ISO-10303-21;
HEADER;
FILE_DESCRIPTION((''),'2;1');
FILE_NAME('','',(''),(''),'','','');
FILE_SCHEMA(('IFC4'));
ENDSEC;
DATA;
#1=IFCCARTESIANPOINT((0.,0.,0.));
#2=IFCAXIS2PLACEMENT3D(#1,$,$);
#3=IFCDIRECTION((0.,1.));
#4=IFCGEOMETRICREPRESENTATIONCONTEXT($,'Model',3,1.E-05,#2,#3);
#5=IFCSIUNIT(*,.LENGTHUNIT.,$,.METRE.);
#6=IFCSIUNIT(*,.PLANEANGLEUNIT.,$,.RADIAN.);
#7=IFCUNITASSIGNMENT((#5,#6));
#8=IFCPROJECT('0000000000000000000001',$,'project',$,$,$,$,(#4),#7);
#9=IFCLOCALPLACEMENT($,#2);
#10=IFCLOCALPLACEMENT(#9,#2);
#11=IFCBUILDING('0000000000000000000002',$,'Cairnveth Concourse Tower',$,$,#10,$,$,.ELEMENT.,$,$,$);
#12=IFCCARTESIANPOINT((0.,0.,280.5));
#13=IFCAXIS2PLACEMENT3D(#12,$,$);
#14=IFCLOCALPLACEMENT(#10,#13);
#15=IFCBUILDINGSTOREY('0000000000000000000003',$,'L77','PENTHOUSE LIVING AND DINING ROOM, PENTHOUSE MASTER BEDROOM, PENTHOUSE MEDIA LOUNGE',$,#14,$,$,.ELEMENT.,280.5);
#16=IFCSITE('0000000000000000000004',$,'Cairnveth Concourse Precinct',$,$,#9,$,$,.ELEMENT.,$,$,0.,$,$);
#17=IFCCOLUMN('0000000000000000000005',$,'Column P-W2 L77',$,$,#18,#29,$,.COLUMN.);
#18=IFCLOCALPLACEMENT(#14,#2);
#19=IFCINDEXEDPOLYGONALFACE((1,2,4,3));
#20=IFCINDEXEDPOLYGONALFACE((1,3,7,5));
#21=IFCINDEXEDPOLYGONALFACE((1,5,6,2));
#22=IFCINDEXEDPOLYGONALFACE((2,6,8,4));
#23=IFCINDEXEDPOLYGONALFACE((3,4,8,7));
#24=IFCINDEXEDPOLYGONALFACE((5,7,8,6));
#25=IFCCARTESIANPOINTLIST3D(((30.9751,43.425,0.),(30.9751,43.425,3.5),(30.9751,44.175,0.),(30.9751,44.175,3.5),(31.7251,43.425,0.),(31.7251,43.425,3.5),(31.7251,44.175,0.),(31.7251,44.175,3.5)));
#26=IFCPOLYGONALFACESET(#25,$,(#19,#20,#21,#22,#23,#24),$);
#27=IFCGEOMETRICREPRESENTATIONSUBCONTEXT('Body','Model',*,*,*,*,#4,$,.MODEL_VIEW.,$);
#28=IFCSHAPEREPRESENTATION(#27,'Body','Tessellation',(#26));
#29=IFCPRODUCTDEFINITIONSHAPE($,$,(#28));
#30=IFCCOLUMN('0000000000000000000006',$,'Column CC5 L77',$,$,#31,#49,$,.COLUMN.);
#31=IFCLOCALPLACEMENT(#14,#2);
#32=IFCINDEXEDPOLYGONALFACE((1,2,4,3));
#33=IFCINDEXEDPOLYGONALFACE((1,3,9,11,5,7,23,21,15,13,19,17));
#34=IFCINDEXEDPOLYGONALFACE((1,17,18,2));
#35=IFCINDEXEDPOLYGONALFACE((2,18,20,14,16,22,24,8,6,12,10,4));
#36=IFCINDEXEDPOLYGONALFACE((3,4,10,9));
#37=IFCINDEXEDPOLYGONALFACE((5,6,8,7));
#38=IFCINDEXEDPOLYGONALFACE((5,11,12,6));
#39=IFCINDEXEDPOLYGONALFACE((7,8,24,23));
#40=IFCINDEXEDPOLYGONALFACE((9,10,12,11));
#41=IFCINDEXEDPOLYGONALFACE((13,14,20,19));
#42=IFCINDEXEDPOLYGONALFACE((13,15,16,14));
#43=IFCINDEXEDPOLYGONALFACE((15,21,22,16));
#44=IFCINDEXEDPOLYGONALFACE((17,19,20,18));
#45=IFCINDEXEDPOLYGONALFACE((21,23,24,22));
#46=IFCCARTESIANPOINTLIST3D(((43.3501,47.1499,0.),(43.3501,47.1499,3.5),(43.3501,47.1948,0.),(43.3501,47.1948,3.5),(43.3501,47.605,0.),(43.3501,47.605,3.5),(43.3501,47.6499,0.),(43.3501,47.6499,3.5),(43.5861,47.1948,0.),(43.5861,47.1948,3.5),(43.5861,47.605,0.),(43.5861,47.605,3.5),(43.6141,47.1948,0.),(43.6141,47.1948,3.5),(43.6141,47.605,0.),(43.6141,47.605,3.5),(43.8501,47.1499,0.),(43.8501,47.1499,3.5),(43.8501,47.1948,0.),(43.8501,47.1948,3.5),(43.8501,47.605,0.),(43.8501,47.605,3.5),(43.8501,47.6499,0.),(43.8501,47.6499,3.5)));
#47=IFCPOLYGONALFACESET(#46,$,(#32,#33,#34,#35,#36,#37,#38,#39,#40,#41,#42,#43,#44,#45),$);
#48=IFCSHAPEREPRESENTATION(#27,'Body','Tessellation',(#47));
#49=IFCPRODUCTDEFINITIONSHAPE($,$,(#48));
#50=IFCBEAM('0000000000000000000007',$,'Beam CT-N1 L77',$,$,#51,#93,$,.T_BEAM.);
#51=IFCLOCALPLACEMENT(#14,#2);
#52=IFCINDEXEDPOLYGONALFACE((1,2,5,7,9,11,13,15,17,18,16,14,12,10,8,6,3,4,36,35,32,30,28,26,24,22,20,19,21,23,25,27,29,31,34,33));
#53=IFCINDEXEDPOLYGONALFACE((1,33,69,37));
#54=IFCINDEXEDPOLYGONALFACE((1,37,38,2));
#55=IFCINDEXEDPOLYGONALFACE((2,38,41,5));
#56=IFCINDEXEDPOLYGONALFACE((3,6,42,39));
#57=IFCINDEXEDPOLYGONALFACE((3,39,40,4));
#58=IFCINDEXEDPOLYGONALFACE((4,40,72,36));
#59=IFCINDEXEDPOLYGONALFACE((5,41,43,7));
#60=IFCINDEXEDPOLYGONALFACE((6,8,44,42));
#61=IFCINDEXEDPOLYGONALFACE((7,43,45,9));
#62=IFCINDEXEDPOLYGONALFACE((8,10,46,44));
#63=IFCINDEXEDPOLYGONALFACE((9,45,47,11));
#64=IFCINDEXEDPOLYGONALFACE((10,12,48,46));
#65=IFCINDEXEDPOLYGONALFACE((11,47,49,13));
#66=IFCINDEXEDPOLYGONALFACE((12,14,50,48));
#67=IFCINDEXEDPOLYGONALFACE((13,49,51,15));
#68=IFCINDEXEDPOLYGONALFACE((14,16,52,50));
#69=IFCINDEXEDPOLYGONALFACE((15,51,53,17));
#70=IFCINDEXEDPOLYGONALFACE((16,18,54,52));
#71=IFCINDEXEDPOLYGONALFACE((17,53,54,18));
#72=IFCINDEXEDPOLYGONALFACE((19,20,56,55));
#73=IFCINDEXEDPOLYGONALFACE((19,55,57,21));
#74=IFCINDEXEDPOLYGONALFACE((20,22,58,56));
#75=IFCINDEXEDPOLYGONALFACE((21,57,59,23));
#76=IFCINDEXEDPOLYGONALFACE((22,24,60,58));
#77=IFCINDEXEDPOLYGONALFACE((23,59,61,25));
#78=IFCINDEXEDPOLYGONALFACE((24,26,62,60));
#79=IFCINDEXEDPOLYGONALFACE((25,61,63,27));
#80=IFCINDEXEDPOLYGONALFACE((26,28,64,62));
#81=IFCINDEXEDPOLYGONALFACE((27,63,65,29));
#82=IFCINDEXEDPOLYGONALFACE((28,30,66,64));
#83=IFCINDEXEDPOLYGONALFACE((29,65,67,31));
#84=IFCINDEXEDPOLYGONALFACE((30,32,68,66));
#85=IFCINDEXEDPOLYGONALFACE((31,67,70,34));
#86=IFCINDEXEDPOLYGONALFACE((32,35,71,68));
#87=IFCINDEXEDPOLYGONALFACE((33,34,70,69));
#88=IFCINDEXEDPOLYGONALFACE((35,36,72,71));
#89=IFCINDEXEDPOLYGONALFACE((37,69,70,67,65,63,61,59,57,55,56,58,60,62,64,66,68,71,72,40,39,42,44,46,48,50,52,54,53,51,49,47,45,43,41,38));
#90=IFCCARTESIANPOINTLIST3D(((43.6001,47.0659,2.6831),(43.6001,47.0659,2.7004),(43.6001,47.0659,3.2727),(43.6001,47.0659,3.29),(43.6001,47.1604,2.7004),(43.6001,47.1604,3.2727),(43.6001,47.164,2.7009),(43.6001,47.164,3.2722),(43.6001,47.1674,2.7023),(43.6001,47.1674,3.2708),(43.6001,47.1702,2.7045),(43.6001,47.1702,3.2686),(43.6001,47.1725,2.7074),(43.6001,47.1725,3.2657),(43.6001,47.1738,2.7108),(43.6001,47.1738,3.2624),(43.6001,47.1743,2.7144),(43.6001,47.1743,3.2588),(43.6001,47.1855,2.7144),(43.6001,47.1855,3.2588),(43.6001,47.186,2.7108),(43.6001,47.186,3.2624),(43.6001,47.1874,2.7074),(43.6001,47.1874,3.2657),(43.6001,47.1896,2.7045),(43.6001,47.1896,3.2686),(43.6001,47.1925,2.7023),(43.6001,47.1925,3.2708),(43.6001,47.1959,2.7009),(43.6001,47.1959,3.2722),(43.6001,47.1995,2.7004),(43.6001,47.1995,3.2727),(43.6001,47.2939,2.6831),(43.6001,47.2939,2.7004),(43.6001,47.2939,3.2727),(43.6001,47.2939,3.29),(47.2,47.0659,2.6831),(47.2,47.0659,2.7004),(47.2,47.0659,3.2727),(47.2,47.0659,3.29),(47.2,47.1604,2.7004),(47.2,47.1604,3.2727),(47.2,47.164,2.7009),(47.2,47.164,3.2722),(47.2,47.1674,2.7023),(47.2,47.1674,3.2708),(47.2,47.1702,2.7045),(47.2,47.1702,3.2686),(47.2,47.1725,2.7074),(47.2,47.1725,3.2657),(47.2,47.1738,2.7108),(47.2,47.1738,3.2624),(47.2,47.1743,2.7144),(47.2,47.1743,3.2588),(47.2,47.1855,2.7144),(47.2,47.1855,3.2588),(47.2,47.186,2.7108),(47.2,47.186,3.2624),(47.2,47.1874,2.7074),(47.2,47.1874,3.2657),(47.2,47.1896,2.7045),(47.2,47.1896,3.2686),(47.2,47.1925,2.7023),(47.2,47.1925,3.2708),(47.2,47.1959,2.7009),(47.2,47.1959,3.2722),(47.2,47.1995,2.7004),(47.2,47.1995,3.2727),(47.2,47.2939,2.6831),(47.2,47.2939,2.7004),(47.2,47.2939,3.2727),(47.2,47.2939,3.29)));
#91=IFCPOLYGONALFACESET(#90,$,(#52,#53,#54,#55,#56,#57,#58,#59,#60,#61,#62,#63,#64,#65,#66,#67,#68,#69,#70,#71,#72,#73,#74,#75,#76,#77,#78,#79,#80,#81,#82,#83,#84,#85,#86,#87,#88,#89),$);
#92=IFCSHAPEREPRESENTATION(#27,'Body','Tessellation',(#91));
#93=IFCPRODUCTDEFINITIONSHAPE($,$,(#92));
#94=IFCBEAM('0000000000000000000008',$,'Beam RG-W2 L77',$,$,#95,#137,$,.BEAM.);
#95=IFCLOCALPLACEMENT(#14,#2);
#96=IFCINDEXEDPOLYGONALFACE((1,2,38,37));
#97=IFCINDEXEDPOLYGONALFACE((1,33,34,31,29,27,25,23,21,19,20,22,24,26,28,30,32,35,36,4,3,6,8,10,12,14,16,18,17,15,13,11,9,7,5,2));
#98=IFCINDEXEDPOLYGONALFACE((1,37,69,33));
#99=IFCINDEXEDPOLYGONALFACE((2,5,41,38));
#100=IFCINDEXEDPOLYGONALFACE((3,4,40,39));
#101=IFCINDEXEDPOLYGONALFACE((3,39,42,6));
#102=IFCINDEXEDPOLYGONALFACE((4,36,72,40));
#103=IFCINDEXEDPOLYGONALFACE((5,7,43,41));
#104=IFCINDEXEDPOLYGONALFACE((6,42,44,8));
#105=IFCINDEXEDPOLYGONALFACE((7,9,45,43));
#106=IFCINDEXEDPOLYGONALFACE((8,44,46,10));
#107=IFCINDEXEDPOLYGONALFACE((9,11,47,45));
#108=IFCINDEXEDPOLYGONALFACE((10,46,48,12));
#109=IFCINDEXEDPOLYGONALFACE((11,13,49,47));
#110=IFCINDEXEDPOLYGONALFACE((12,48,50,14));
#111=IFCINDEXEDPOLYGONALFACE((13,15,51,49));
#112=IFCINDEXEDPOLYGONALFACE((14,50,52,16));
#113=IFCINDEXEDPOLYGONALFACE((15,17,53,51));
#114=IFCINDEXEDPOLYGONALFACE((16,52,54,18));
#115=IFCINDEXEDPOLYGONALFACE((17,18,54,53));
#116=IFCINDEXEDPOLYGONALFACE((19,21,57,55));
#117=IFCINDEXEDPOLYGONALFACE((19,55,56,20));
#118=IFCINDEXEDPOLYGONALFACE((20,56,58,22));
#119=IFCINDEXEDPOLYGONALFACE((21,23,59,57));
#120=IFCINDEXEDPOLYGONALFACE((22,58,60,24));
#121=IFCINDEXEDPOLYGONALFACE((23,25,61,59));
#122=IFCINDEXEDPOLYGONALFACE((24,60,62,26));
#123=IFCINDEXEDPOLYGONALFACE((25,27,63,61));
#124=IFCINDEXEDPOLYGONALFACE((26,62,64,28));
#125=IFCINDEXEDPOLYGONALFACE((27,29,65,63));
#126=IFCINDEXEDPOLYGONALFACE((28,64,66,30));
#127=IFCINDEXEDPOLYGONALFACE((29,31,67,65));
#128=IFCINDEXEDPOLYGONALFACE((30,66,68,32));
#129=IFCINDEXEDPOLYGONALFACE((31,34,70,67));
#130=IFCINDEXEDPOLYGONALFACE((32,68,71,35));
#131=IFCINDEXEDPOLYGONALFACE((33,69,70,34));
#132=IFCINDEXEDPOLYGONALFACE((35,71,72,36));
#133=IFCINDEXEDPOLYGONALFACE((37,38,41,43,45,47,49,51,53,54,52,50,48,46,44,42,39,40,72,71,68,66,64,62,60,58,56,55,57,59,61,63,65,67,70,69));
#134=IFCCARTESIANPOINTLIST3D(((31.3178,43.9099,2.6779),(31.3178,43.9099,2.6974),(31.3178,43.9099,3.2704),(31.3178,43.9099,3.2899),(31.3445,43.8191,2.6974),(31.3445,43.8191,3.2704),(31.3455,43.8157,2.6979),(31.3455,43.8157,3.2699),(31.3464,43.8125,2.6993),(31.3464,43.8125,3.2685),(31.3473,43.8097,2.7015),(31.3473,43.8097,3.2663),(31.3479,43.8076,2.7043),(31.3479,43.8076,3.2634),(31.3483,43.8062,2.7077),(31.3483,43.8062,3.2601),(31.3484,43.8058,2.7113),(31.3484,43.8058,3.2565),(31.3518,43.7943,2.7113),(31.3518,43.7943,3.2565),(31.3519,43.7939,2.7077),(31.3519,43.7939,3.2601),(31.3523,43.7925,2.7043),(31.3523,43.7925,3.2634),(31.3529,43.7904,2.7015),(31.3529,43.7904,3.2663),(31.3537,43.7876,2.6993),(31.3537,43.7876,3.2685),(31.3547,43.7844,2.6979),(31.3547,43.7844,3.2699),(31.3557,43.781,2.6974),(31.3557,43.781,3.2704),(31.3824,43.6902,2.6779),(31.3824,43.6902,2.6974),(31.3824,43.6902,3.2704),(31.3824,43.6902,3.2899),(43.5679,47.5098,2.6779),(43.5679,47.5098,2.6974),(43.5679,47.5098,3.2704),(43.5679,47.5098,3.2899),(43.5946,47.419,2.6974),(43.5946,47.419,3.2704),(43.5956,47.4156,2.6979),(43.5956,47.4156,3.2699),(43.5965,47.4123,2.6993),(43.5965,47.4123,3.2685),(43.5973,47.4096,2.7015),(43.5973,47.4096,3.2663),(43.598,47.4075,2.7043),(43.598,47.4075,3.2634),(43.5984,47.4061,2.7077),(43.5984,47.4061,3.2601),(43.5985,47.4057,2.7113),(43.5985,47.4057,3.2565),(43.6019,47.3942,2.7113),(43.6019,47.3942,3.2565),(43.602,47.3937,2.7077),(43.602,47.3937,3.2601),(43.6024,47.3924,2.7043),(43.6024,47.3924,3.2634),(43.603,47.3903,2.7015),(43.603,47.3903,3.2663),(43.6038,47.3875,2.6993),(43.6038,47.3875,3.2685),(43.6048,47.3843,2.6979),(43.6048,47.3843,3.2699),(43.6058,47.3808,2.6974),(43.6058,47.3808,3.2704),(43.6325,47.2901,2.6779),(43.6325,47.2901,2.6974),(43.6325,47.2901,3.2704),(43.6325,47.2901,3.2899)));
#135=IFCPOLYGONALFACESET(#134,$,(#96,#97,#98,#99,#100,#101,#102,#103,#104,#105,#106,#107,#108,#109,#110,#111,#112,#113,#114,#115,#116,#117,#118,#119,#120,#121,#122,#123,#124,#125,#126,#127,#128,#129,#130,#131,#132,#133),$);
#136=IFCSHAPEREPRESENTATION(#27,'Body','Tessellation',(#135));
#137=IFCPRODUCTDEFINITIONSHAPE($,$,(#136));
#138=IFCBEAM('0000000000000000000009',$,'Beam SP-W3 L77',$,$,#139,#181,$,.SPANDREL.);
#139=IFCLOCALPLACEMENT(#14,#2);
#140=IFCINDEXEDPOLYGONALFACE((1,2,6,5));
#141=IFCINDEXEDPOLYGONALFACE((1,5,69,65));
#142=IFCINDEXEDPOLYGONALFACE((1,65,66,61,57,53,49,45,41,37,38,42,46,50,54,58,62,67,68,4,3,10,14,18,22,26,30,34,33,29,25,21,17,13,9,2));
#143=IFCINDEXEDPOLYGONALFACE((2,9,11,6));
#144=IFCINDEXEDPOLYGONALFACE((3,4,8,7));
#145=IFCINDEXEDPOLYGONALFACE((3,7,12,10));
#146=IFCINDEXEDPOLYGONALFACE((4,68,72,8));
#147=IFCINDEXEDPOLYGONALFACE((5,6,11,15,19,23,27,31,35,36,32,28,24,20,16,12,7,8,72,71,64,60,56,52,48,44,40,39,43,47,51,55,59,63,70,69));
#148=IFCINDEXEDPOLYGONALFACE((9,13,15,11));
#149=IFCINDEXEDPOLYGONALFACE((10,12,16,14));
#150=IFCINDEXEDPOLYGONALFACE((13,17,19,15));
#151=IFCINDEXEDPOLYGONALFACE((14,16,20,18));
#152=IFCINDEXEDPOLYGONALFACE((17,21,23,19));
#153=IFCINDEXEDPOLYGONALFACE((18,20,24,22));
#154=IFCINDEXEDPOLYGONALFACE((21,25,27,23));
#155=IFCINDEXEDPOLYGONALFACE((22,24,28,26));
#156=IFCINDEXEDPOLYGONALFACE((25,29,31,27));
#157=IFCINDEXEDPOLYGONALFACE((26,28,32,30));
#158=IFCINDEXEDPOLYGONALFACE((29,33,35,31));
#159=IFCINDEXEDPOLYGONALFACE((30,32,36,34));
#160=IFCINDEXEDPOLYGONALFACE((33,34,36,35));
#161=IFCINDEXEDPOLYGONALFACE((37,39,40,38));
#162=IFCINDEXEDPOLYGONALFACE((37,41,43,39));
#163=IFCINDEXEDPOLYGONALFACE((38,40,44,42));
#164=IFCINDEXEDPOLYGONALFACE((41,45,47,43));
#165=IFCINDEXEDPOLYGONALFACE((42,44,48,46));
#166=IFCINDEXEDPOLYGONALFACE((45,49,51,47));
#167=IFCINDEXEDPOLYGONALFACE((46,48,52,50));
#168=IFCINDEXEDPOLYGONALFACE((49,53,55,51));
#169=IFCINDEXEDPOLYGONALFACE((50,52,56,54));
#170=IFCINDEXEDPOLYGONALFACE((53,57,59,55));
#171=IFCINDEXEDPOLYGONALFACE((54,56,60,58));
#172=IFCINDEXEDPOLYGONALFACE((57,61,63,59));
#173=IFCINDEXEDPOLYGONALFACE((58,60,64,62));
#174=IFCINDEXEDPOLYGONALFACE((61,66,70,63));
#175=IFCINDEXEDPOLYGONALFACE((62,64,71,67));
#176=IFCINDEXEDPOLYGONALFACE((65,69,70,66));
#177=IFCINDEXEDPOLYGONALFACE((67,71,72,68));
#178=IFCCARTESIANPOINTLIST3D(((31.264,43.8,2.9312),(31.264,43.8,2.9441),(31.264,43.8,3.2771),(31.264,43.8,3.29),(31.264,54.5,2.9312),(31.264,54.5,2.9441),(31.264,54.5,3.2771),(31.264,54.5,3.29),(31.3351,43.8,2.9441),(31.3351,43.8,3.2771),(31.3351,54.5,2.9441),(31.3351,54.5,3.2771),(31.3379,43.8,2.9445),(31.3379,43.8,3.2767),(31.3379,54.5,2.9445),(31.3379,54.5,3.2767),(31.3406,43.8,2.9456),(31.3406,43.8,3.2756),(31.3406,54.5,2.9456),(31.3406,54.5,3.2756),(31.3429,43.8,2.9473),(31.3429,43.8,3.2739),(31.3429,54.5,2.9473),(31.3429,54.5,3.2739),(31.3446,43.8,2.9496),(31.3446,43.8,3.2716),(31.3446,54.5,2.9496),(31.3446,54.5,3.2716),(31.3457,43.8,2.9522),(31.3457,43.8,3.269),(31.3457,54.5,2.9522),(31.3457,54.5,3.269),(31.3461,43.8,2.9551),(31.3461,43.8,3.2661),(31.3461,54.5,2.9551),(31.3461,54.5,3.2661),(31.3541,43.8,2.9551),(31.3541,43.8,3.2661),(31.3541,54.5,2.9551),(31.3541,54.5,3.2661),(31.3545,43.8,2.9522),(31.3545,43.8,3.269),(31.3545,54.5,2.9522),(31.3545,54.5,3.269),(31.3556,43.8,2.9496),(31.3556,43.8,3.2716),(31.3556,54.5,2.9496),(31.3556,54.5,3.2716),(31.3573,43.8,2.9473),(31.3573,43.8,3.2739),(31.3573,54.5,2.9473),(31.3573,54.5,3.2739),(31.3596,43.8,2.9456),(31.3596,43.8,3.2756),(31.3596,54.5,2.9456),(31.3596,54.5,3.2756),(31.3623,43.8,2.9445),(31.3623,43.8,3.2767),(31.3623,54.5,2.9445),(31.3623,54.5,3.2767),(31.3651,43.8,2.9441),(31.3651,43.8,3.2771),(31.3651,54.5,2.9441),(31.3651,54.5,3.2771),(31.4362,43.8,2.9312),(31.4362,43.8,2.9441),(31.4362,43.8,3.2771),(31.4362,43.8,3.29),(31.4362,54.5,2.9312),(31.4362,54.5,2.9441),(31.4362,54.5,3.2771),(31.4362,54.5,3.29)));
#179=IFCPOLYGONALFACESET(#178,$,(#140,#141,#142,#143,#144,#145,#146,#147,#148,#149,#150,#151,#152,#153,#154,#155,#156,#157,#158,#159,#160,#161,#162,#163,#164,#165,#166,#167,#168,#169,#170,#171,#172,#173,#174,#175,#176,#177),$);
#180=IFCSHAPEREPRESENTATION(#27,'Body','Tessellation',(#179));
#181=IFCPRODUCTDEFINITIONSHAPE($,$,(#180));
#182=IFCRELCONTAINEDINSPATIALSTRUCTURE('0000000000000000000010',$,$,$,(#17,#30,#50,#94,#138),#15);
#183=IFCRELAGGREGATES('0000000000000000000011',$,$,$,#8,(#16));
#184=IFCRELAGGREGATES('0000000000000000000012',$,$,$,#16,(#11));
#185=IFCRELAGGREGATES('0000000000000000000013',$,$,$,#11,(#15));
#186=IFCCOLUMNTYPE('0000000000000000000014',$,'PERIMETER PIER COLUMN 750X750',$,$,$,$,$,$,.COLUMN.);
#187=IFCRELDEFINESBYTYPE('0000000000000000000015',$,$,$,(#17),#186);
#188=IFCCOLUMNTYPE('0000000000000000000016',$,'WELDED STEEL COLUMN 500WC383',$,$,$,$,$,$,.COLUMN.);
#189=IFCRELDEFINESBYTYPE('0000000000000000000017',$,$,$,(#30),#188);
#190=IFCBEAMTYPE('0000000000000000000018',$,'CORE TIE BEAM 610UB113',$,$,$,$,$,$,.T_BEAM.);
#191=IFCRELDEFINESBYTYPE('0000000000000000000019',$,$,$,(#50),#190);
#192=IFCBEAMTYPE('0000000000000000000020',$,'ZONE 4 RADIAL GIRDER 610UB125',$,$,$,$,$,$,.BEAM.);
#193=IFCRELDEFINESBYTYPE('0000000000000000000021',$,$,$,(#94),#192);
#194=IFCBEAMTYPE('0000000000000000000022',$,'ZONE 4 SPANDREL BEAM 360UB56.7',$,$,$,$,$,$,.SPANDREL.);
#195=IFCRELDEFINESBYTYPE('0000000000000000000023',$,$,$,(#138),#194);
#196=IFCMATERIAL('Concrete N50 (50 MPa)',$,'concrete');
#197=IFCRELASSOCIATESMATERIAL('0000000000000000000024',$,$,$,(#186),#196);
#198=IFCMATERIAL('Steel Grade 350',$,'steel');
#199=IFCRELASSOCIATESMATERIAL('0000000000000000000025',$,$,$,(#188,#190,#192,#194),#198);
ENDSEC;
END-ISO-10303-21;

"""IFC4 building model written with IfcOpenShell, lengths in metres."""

from ifc_helpers import new_model, si_unit, direction, frame, origin, origin_2d, place, context, subcontext, project, spatial, rectangle, i_section, extrude, material, material_profile, profile_set, type_object, element, save


model = new_model("IFC4")

# Units and contexts
model_context = context("Model", 3, precision=1e-05, world=origin(), true_north=direction((0.0, 1.0)))
body_context = subcontext(model_context, "Body", "Model", "MODEL_VIEW")
ifc_project = project(units=[si_unit("LENGTHUNIT", "METRE"), si_unit("PLANEANGLEUNIT", "RADIAN")], contexts=[model_context])

# Site, building, storey
site_placement = place(None, origin())
site = spatial("IfcSite", under=ifc_project, at=site_placement, Name="Cairnveth Concourse Precinct", CompositionType="ELEMENT", RefElevation=0.0)
building_placement = place(site_placement, origin())
building = spatial("IfcBuilding", under=site, at=building_placement, Name="Cairnveth Concourse Tower", CompositionType="ELEMENT")
storey_placement = place(building_placement, frame((0.0, 0.0, 280.5)))
storey = spatial("IfcBuildingStorey", under=building, at=storey_placement, Name="L77", Description="PENTHOUSE LIVING AND DINING ROOM, PENTHOUSE MASTER BEDROOM, PENTHOUSE MEDIA LOUNGE", CompositionType="ELEMENT", Elevation=280.5)

# Columns
ifc_material_1 = material(Name="Concrete N50 (50 MPa)", Category="concrete")
ifc_material_profile_1 = material_profile(ifc_material_1, rectangle(XDim=0.75, YDim=0.75, at=origin_2d()), Name="RC-COL-750x750")
ifc_profile_set_1 = profile_set([ifc_material_profile_1], Name="Concrete N50 (50 MPa)")
column_type_1 = type_object("IfcColumnType", Name="PERIMETER PIER COLUMN 750X750", PredefinedType="COLUMN", material=ifc_profile_set_1)
column_1_placement = place(storey_placement, frame((31.3501, 43.8, 0.0), z_axis=(0.0, 0.0, 1.0), x_axis=(0.0, 1.0, 0.0)))
element("IfcColumn", 1, at=column_1_placement, inside=storey, type_object=column_type_1, Name="Column P-W2 L77", PredefinedType="COLUMN", context=body_context, shape_type="SweptSolid", body=[
    extrude(rectangle(XDim=0.75, YDim=0.75, at=origin_2d()), origin(), (0.0, 0.0, 1.0), 3.5),
])
ifc_material_2 = material(Name="Steel Grade 350", Category="steel")
ifc_material_profile_2 = material_profile(ifc_material_2, i_section(OverallWidth=0.5, OverallDepth=0.5, WebThickness=0.0281, FlangeThickness=0.0449, at=origin_2d()), Name="500WC383")
ifc_profile_set_2 = profile_set([ifc_material_profile_2], Name="Steel Grade 350")
column_type_2 = type_object("IfcColumnType", Name="WELDED STEEL COLUMN 500WC383", PredefinedType="COLUMN", material=ifc_profile_set_2)
column_2_placement = place(storey_placement, frame((43.6001, 47.3999, 0.0), z_axis=(0.0, 0.0, 1.0), x_axis=(1.0, 0.0, 0.0)))
element("IfcColumn", 2, at=column_2_placement, inside=storey, type_object=column_type_2, Name="Column CC5 L77", PredefinedType="COLUMN", context=body_context, shape_type="SweptSolid", body=[
    extrude(i_section(OverallWidth=0.5, OverallDepth=0.5, WebThickness=0.0281, FlangeThickness=0.0449, at=origin_2d()), origin(), (0.0, 0.0, 1.0), 3.5),
])

# Beams
ifc_material_profile_3 = material_profile(ifc_material_2, i_section(OverallWidth=0.228, OverallDepth=0.6069, WebThickness=0.0112, FlangeThickness=0.0173, FilletRadius=0.0139, at=origin_2d()), Name="610UB113")
ifc_profile_set_3 = profile_set([ifc_material_profile_3], Name="Steel Grade 350")
beam_type_1 = type_object("IfcBeamType", Name="CORE TIE BEAM 610UB113", PredefinedType="T_BEAM", material=ifc_profile_set_3)
beam_1_placement = place(storey_placement, frame((43.6001, 47.1799, 2.9866), z_axis=(1.0, 0.0, 0.0), x_axis=(0.0, 1.0, 0.0)))
element("IfcBeam", 3, at=beam_1_placement, inside=storey, type_object=beam_type_1, Name="Beam CT-N1 L77", PredefinedType="T_BEAM", context=body_context, shape_type="SweptSolid", body=[
    extrude(i_section(OverallWidth=0.228, OverallDepth=0.6069, WebThickness=0.0112, FlangeThickness=0.0173, FilletRadius=0.0139, at=origin_2d()), origin(), (0.0, 0.0, 1.0), 3.5999),
])
ifc_material_profile_4 = material_profile(ifc_material_2, i_section(OverallWidth=0.229, OverallDepth=0.6121, WebThickness=0.012, FlangeThickness=0.0195, FilletRadius=0.0139, at=origin_2d()), Name="610UB125")
ifc_profile_set_4 = profile_set([ifc_material_profile_4], Name="Steel Grade 350")
beam_type_2 = type_object("IfcBeamType", Name="ZONE 4 RADIAL GIRDER 610UB125", PredefinedType="BEAM", material=ifc_profile_set_4)
beam_2_placement = place(storey_placement, frame((31.3501, 43.8, 2.9839), z_axis=(0.959431, 0.281944, 0.0), x_axis=(-0.281944, 0.959431, 0.0)))
element("IfcBeam", 4, at=beam_2_placement, inside=storey, type_object=beam_type_2, Name="Beam RG-W2 L77", PredefinedType="BEAM", context=body_context, shape_type="SweptSolid", body=[
    extrude(i_section(OverallWidth=0.229, OverallDepth=0.6121, WebThickness=0.012, FlangeThickness=0.0195, FilletRadius=0.0139, at=origin_2d()), origin(), (0.0, 0.0, 1.0), 12.7681),
])
ifc_material_profile_5 = material_profile(ifc_material_2, i_section(OverallWidth=0.1721, OverallDepth=0.3589, WebThickness=0.0081, FlangeThickness=0.0129, FilletRadius=0.011, at=origin_2d()), Name="360UB56.7")
ifc_profile_set_5 = profile_set([ifc_material_profile_5], Name="Steel Grade 350")
beam_type_3 = type_object("IfcBeamType", Name="ZONE 4 SPANDREL BEAM 360UB56.7", PredefinedType="SPANDREL", material=ifc_profile_set_5)
beam_3_placement = place(storey_placement, frame((31.3501, 43.8, 3.1106), z_axis=(0.0, 1.0, 0.0), x_axis=(-1.0, 0.0, 0.0)))
element("IfcBeam", 5, at=beam_3_placement, inside=storey, type_object=beam_type_3, Name="Beam SP-W3 L77", PredefinedType="SPANDREL", context=body_context, shape_type="SweptSolid", body=[
    extrude(i_section(OverallWidth=0.1721, OverallDepth=0.3589, WebThickness=0.0081, FlangeThickness=0.0129, FilletRadius=0.011, at=origin_2d()), origin(), (0.0, 0.0, 1.0), 10.7),
])

save(model, "model.ifc")
